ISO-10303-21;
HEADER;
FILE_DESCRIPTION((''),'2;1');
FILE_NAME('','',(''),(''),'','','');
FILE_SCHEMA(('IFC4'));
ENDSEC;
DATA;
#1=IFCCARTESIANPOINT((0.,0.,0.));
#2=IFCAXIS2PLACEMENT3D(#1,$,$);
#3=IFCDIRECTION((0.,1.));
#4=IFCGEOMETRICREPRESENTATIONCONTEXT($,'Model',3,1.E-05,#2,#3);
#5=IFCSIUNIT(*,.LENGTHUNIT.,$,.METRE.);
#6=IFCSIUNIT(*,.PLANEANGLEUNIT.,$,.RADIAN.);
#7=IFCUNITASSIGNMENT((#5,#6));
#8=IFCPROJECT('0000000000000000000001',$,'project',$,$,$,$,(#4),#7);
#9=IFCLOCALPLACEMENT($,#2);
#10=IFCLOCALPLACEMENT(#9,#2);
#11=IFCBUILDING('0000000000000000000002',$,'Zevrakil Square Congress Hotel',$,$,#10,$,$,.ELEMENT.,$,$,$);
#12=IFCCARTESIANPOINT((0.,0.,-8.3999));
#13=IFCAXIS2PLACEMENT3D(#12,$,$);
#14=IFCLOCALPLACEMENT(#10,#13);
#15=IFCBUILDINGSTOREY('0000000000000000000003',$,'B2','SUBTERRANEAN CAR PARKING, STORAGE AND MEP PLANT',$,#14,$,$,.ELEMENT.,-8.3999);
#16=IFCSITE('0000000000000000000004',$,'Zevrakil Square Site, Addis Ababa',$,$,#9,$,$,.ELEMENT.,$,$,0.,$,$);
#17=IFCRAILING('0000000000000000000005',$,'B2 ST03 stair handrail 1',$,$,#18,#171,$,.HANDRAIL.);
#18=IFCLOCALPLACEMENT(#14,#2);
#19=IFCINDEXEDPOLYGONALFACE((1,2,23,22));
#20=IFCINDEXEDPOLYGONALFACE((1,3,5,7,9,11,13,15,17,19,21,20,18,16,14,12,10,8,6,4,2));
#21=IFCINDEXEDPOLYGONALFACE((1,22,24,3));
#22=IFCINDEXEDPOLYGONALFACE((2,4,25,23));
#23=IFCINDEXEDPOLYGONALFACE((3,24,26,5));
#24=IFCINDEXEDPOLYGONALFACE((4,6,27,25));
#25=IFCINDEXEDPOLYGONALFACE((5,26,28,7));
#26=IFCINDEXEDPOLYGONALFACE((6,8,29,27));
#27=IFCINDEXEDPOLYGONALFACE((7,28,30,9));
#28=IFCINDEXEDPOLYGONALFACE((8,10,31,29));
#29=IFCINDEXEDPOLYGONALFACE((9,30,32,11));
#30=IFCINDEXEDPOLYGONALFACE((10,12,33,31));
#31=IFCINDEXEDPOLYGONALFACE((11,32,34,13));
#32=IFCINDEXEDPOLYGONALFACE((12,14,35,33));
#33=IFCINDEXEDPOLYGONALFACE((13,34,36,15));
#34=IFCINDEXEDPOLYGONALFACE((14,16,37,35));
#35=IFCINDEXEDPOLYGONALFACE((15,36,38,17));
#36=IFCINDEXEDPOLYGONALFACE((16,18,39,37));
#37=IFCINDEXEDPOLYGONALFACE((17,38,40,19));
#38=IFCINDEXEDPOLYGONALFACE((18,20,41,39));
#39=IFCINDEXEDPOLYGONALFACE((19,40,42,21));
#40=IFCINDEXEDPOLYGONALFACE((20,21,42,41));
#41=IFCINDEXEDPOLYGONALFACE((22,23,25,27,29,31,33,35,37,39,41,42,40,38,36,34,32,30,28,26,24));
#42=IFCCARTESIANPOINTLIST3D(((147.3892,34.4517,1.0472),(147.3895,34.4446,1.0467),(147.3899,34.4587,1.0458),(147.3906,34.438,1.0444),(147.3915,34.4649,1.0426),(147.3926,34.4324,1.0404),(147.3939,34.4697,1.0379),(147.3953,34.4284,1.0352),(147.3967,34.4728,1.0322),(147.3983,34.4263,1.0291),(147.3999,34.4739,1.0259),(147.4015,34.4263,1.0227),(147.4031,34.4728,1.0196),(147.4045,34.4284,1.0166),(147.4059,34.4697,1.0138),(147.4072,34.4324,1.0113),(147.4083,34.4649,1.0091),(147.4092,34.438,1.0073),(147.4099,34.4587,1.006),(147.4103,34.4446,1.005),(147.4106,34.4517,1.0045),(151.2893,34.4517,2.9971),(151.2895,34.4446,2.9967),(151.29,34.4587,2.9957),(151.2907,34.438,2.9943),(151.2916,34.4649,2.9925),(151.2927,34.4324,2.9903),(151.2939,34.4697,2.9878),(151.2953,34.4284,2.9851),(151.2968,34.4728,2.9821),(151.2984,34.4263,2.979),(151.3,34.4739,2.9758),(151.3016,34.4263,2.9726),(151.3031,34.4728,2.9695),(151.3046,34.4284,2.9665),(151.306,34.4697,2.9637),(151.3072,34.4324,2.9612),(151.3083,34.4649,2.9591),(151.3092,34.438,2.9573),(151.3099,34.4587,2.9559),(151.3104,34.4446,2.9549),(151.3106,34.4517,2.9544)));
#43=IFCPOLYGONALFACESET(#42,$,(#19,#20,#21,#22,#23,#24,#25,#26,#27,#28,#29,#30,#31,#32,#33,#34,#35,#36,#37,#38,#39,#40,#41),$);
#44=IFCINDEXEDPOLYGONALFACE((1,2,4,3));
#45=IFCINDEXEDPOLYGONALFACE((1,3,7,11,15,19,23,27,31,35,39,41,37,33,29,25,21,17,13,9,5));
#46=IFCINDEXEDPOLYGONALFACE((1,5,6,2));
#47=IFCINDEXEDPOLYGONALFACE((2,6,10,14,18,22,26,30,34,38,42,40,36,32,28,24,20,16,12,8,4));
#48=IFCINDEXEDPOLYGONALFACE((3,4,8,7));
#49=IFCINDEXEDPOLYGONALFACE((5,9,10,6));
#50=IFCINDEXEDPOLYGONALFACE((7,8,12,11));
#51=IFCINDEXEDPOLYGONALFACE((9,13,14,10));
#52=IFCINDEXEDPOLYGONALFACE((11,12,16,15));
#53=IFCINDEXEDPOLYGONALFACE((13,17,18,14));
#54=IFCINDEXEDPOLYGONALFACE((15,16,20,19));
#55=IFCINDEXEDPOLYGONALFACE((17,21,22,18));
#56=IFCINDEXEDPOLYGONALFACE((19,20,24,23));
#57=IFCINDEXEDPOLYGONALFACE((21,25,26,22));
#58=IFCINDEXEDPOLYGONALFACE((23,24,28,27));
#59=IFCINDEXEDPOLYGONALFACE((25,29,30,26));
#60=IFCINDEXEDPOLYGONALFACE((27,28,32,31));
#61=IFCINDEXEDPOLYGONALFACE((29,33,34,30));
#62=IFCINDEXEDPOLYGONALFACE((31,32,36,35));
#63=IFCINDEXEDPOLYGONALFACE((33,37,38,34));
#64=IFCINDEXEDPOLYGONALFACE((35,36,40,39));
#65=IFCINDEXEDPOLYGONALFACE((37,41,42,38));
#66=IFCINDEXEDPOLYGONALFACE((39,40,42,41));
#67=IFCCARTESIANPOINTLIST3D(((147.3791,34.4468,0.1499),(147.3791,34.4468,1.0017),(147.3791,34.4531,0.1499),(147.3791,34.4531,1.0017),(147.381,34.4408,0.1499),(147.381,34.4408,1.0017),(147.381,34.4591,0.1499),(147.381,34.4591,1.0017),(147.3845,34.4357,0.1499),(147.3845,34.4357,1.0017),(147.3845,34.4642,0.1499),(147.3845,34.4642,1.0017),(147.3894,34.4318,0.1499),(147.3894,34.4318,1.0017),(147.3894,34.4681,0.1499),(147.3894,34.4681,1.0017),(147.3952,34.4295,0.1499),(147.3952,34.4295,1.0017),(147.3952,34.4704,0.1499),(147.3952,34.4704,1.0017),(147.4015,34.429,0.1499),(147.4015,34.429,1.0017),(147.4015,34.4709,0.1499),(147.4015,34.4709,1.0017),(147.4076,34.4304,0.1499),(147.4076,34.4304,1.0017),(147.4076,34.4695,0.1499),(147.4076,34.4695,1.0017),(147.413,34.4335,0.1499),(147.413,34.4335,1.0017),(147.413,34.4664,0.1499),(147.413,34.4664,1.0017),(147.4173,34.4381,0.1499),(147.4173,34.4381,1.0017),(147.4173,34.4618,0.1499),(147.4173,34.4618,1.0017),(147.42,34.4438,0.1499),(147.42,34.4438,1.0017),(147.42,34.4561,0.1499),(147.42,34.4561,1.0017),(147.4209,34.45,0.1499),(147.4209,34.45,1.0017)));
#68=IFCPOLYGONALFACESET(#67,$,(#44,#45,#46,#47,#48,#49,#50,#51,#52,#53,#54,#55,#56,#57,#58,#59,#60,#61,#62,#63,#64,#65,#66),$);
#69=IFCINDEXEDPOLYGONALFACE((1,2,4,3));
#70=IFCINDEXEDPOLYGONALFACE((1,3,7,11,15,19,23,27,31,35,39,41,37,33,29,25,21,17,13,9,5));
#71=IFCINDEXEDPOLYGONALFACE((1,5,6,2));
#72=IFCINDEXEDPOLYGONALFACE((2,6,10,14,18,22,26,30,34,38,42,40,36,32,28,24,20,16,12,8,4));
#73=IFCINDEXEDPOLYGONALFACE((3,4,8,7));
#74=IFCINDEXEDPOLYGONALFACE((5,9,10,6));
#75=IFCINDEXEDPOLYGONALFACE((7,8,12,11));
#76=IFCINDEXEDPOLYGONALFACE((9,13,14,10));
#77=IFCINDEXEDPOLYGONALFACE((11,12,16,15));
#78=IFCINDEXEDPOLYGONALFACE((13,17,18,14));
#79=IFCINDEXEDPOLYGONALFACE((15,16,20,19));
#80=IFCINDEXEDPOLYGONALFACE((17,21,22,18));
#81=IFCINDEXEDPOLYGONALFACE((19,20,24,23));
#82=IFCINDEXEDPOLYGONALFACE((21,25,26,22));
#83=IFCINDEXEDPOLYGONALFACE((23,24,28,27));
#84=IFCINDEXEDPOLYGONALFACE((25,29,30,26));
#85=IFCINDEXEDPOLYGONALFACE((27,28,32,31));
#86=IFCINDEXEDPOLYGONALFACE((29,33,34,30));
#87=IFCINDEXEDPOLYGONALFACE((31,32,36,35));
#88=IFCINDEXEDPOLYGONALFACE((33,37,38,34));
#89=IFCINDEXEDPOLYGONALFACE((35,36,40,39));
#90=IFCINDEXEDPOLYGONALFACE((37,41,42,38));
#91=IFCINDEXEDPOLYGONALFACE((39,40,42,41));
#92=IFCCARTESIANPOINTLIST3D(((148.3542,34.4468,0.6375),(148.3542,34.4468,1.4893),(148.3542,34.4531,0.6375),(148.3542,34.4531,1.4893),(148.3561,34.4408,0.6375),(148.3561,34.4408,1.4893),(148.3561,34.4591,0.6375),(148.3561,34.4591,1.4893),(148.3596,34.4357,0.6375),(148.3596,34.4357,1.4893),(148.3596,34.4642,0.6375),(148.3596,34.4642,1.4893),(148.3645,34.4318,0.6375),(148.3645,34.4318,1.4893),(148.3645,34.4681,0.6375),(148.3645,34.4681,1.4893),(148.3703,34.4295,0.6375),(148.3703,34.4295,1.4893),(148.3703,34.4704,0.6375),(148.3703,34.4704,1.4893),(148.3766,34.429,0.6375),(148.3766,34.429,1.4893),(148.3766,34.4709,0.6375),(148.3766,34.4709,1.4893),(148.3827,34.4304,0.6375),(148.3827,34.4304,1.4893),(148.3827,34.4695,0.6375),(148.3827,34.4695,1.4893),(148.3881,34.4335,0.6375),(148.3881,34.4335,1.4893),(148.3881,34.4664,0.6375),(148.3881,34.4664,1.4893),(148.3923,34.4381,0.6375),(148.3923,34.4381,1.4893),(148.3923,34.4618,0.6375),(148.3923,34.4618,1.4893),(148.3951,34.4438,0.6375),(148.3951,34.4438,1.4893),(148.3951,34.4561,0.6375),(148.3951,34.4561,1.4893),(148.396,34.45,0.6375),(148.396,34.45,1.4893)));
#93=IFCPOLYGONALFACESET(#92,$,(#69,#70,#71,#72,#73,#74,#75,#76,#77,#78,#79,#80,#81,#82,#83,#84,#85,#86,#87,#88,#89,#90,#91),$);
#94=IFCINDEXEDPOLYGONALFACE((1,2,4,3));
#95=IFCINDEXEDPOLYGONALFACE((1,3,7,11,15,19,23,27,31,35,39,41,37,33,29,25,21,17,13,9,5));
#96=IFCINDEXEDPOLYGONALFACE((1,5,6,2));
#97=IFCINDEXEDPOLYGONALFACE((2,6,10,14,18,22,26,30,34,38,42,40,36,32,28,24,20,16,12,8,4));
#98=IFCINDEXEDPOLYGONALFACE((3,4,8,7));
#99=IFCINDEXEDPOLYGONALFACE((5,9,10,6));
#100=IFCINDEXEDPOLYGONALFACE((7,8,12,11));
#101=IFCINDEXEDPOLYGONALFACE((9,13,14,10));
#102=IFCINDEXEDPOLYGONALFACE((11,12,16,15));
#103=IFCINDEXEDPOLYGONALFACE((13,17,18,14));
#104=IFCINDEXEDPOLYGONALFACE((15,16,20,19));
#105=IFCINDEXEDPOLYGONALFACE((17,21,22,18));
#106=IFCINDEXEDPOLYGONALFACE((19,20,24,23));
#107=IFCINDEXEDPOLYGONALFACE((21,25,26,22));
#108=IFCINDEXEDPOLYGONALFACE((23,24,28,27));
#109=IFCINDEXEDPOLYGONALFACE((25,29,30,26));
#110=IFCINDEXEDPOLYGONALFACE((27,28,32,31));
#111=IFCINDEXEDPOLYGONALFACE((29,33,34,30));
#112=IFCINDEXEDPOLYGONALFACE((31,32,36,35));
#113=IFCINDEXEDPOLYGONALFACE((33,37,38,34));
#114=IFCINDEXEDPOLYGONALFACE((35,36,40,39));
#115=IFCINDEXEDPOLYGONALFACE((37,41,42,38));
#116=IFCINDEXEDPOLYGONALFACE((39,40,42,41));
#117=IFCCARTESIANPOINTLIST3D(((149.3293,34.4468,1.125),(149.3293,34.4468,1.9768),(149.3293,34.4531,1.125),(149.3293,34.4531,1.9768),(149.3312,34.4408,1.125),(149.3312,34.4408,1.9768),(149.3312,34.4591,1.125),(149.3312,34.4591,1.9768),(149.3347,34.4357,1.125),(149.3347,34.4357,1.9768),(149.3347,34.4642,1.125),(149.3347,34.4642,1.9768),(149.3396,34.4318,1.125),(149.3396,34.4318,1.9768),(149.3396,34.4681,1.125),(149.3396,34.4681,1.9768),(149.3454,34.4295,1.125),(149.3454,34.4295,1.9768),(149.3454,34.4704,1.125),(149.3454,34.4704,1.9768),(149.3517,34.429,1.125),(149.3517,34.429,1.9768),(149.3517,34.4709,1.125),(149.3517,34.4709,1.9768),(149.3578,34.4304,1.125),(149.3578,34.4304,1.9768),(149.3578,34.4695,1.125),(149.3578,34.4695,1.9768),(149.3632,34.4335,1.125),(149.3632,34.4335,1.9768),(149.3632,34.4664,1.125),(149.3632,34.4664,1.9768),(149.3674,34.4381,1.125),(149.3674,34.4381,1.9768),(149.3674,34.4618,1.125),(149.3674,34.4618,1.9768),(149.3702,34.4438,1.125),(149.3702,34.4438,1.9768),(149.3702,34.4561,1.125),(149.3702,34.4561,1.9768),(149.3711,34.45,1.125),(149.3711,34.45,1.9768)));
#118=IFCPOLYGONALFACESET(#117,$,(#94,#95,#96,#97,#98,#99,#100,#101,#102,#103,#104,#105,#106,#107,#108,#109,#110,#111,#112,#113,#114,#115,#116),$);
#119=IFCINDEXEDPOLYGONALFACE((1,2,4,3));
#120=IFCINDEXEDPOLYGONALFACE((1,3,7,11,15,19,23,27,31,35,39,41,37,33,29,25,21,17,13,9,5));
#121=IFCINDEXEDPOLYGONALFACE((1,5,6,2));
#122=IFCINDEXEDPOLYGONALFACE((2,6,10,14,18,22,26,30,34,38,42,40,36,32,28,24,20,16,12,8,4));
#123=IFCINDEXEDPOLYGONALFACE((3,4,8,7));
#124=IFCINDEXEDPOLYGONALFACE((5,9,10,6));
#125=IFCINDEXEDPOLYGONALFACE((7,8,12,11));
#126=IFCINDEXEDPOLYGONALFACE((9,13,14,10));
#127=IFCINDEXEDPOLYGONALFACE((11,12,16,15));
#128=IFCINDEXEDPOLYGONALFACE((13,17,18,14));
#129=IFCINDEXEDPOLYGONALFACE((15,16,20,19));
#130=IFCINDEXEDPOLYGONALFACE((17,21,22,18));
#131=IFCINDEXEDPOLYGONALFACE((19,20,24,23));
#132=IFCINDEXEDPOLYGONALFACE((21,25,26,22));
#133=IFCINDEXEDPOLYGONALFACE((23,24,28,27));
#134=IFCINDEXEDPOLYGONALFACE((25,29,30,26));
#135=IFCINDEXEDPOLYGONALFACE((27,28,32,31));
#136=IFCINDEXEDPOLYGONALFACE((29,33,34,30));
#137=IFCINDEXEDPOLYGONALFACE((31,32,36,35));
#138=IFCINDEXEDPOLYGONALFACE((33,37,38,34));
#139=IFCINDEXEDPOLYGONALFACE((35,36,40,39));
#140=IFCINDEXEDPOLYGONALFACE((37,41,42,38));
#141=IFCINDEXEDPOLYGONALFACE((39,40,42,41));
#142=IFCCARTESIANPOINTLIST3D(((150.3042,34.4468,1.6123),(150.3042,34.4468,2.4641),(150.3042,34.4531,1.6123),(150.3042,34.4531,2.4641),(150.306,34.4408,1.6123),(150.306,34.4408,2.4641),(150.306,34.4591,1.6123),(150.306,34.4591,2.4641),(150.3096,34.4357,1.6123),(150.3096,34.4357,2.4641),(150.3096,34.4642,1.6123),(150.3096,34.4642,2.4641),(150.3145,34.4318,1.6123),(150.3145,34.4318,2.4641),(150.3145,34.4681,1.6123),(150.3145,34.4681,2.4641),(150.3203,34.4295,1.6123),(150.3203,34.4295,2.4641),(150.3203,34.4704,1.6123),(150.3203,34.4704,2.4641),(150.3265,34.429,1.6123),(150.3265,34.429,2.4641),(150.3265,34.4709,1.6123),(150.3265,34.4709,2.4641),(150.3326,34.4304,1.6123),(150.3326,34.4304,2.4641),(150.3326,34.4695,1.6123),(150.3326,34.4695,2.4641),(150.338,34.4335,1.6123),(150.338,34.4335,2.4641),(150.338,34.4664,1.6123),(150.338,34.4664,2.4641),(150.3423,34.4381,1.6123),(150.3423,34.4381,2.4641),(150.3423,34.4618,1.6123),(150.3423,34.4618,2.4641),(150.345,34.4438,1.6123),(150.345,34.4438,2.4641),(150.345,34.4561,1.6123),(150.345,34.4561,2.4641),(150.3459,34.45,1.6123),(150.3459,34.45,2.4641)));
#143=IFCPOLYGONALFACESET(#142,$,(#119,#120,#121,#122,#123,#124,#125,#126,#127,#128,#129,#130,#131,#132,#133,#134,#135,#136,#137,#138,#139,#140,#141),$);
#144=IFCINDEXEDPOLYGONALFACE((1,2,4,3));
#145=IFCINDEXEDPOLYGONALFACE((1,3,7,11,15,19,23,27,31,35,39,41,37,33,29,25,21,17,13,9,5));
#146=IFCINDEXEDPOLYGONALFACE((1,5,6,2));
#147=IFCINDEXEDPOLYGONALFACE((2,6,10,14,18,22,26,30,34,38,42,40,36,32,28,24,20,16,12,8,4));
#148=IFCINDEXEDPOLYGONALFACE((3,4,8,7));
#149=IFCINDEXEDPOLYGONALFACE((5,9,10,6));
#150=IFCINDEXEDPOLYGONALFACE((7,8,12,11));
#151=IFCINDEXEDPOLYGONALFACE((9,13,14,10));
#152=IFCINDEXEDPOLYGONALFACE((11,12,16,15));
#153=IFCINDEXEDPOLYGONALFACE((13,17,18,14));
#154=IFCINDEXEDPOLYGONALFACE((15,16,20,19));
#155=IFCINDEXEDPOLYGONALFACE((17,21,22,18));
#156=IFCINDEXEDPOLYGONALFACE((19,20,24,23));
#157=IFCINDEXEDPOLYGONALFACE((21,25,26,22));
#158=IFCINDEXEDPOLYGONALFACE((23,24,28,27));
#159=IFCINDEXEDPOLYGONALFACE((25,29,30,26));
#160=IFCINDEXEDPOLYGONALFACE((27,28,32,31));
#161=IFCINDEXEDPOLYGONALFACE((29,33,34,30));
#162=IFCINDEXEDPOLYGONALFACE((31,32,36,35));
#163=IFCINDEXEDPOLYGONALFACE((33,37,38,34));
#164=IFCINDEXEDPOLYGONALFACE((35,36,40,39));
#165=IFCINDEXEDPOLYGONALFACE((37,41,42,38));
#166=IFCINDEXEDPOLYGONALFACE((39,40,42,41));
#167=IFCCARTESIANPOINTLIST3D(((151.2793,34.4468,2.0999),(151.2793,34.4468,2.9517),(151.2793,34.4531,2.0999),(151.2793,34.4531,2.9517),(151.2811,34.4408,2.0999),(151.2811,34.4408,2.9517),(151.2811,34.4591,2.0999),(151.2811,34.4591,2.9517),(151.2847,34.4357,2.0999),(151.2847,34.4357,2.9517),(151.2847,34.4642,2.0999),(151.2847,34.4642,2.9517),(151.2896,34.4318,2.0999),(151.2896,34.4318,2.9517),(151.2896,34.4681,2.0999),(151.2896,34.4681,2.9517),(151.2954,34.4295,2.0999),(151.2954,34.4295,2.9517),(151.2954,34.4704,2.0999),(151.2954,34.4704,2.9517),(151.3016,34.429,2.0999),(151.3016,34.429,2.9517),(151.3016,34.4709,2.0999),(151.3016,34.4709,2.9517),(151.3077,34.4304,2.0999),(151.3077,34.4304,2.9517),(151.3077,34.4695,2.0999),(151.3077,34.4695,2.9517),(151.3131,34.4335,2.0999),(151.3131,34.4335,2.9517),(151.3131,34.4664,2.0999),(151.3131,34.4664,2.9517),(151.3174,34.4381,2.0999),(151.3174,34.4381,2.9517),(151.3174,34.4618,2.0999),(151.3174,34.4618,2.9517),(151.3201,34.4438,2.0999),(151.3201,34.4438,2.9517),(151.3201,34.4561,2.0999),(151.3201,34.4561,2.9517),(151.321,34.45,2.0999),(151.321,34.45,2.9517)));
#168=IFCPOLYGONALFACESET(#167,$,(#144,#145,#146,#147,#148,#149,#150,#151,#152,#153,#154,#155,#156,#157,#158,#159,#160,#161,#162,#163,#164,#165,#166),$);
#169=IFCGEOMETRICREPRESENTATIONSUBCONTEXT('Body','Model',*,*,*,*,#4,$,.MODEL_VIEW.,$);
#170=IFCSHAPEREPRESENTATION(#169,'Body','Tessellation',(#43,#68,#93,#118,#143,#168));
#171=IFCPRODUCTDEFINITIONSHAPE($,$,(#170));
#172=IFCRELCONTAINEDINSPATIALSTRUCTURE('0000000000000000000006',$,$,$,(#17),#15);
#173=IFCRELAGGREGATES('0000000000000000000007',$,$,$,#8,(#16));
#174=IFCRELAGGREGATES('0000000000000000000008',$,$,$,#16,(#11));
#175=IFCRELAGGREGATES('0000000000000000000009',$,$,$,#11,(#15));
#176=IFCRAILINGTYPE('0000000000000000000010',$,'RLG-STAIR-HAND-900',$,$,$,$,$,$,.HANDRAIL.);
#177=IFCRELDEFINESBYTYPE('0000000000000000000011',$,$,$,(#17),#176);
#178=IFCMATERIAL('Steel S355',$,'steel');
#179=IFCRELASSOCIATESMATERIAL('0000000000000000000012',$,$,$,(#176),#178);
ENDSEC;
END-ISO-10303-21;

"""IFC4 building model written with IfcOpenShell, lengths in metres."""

from ifc_helpers import new_model, si_unit, direction, frame, origin, origin_2d, place, context, subcontext, project, spatial, circle, extrude, material, type_object, element, save


model = new_model("IFC4")

# Units and contexts
model_context = context("Model", 3, precision=1e-05, world=origin(), true_north=direction((0.0, 1.0)))
body_context = subcontext(model_context, "Body", "Model", "MODEL_VIEW")
ifc_project = project(units=[si_unit("LENGTHUNIT", "METRE"), si_unit("PLANEANGLEUNIT", "RADIAN")], contexts=[model_context])

# Site, building, storey
site_placement = place(None, origin())
site = spatial("IfcSite", under=ifc_project, at=site_placement, Name="Zevrakil Square Site, Addis Ababa", CompositionType="ELEMENT", RefElevation=0.0)
building_placement = place(site_placement, origin())
building = spatial("IfcBuilding", under=site, at=building_placement, Name="Zevrakil Square Congress Hotel", CompositionType="ELEMENT")
storey_placement = place(building_placement, frame((0.0, 0.0, -8.3999)))
storey = spatial("IfcBuildingStorey", under=building, at=storey_placement, Name="B2", Description="SUBTERRANEAN CAR PARKING, STORAGE AND MEP PLANT", CompositionType="ELEMENT", Elevation=-8.3999)

# Railing
ifc_material_1 = material(Name="Steel S355", Category="steel")
railing_type_1 = type_object("IfcRailingType", Name="RLG-STAIR-HAND-900", PredefinedType="HANDRAIL", material=ifc_material_1)
railing_1_placement = place(storey_placement, frame((147.3999, 34.45, 0.1499)))
element("IfcRailing", 1, at=railing_1_placement, inside=storey, type_object=railing_type_1, Name="B2 ST03 stair handrail 1", PredefinedType="HANDRAIL", context=body_context, shape_type="SweptSolid", body=[
    extrude(circle(Radius=0.0239, at=origin_2d()), frame((0.0, 0.0, 0.876), z_axis=(0.894438, 0.0, 0.447191), x_axis=(0.0, 1.0, 0.0)), (0.0, 0.0, 1.0), 4.3604),
    extrude(circle(Radius=0.021, at=origin_2d()), origin(), (0.0, 0.0, 1.0), 0.8518),
    extrude(circle(Radius=0.021, at=origin_2d()), frame((0.9751, 0.0, 0.4875)), (0.0, 0.0, 1.0), 0.8518),
    extrude(circle(Radius=0.021, at=origin_2d()), frame((1.9502, 0.0, 0.9751)), (0.0, 0.0, 1.0), 0.8518),
    extrude(circle(Radius=0.021, at=origin_2d()), frame((2.925, 0.0, 1.4624)), (0.0, 0.0, 1.0), 0.8518),
    extrude(circle(Radius=0.021, at=origin_2d()), frame((3.9001, 0.0, 1.95)), (0.0, 0.0, 1.0), 0.8518),
])

save(model, "model.ifc")
